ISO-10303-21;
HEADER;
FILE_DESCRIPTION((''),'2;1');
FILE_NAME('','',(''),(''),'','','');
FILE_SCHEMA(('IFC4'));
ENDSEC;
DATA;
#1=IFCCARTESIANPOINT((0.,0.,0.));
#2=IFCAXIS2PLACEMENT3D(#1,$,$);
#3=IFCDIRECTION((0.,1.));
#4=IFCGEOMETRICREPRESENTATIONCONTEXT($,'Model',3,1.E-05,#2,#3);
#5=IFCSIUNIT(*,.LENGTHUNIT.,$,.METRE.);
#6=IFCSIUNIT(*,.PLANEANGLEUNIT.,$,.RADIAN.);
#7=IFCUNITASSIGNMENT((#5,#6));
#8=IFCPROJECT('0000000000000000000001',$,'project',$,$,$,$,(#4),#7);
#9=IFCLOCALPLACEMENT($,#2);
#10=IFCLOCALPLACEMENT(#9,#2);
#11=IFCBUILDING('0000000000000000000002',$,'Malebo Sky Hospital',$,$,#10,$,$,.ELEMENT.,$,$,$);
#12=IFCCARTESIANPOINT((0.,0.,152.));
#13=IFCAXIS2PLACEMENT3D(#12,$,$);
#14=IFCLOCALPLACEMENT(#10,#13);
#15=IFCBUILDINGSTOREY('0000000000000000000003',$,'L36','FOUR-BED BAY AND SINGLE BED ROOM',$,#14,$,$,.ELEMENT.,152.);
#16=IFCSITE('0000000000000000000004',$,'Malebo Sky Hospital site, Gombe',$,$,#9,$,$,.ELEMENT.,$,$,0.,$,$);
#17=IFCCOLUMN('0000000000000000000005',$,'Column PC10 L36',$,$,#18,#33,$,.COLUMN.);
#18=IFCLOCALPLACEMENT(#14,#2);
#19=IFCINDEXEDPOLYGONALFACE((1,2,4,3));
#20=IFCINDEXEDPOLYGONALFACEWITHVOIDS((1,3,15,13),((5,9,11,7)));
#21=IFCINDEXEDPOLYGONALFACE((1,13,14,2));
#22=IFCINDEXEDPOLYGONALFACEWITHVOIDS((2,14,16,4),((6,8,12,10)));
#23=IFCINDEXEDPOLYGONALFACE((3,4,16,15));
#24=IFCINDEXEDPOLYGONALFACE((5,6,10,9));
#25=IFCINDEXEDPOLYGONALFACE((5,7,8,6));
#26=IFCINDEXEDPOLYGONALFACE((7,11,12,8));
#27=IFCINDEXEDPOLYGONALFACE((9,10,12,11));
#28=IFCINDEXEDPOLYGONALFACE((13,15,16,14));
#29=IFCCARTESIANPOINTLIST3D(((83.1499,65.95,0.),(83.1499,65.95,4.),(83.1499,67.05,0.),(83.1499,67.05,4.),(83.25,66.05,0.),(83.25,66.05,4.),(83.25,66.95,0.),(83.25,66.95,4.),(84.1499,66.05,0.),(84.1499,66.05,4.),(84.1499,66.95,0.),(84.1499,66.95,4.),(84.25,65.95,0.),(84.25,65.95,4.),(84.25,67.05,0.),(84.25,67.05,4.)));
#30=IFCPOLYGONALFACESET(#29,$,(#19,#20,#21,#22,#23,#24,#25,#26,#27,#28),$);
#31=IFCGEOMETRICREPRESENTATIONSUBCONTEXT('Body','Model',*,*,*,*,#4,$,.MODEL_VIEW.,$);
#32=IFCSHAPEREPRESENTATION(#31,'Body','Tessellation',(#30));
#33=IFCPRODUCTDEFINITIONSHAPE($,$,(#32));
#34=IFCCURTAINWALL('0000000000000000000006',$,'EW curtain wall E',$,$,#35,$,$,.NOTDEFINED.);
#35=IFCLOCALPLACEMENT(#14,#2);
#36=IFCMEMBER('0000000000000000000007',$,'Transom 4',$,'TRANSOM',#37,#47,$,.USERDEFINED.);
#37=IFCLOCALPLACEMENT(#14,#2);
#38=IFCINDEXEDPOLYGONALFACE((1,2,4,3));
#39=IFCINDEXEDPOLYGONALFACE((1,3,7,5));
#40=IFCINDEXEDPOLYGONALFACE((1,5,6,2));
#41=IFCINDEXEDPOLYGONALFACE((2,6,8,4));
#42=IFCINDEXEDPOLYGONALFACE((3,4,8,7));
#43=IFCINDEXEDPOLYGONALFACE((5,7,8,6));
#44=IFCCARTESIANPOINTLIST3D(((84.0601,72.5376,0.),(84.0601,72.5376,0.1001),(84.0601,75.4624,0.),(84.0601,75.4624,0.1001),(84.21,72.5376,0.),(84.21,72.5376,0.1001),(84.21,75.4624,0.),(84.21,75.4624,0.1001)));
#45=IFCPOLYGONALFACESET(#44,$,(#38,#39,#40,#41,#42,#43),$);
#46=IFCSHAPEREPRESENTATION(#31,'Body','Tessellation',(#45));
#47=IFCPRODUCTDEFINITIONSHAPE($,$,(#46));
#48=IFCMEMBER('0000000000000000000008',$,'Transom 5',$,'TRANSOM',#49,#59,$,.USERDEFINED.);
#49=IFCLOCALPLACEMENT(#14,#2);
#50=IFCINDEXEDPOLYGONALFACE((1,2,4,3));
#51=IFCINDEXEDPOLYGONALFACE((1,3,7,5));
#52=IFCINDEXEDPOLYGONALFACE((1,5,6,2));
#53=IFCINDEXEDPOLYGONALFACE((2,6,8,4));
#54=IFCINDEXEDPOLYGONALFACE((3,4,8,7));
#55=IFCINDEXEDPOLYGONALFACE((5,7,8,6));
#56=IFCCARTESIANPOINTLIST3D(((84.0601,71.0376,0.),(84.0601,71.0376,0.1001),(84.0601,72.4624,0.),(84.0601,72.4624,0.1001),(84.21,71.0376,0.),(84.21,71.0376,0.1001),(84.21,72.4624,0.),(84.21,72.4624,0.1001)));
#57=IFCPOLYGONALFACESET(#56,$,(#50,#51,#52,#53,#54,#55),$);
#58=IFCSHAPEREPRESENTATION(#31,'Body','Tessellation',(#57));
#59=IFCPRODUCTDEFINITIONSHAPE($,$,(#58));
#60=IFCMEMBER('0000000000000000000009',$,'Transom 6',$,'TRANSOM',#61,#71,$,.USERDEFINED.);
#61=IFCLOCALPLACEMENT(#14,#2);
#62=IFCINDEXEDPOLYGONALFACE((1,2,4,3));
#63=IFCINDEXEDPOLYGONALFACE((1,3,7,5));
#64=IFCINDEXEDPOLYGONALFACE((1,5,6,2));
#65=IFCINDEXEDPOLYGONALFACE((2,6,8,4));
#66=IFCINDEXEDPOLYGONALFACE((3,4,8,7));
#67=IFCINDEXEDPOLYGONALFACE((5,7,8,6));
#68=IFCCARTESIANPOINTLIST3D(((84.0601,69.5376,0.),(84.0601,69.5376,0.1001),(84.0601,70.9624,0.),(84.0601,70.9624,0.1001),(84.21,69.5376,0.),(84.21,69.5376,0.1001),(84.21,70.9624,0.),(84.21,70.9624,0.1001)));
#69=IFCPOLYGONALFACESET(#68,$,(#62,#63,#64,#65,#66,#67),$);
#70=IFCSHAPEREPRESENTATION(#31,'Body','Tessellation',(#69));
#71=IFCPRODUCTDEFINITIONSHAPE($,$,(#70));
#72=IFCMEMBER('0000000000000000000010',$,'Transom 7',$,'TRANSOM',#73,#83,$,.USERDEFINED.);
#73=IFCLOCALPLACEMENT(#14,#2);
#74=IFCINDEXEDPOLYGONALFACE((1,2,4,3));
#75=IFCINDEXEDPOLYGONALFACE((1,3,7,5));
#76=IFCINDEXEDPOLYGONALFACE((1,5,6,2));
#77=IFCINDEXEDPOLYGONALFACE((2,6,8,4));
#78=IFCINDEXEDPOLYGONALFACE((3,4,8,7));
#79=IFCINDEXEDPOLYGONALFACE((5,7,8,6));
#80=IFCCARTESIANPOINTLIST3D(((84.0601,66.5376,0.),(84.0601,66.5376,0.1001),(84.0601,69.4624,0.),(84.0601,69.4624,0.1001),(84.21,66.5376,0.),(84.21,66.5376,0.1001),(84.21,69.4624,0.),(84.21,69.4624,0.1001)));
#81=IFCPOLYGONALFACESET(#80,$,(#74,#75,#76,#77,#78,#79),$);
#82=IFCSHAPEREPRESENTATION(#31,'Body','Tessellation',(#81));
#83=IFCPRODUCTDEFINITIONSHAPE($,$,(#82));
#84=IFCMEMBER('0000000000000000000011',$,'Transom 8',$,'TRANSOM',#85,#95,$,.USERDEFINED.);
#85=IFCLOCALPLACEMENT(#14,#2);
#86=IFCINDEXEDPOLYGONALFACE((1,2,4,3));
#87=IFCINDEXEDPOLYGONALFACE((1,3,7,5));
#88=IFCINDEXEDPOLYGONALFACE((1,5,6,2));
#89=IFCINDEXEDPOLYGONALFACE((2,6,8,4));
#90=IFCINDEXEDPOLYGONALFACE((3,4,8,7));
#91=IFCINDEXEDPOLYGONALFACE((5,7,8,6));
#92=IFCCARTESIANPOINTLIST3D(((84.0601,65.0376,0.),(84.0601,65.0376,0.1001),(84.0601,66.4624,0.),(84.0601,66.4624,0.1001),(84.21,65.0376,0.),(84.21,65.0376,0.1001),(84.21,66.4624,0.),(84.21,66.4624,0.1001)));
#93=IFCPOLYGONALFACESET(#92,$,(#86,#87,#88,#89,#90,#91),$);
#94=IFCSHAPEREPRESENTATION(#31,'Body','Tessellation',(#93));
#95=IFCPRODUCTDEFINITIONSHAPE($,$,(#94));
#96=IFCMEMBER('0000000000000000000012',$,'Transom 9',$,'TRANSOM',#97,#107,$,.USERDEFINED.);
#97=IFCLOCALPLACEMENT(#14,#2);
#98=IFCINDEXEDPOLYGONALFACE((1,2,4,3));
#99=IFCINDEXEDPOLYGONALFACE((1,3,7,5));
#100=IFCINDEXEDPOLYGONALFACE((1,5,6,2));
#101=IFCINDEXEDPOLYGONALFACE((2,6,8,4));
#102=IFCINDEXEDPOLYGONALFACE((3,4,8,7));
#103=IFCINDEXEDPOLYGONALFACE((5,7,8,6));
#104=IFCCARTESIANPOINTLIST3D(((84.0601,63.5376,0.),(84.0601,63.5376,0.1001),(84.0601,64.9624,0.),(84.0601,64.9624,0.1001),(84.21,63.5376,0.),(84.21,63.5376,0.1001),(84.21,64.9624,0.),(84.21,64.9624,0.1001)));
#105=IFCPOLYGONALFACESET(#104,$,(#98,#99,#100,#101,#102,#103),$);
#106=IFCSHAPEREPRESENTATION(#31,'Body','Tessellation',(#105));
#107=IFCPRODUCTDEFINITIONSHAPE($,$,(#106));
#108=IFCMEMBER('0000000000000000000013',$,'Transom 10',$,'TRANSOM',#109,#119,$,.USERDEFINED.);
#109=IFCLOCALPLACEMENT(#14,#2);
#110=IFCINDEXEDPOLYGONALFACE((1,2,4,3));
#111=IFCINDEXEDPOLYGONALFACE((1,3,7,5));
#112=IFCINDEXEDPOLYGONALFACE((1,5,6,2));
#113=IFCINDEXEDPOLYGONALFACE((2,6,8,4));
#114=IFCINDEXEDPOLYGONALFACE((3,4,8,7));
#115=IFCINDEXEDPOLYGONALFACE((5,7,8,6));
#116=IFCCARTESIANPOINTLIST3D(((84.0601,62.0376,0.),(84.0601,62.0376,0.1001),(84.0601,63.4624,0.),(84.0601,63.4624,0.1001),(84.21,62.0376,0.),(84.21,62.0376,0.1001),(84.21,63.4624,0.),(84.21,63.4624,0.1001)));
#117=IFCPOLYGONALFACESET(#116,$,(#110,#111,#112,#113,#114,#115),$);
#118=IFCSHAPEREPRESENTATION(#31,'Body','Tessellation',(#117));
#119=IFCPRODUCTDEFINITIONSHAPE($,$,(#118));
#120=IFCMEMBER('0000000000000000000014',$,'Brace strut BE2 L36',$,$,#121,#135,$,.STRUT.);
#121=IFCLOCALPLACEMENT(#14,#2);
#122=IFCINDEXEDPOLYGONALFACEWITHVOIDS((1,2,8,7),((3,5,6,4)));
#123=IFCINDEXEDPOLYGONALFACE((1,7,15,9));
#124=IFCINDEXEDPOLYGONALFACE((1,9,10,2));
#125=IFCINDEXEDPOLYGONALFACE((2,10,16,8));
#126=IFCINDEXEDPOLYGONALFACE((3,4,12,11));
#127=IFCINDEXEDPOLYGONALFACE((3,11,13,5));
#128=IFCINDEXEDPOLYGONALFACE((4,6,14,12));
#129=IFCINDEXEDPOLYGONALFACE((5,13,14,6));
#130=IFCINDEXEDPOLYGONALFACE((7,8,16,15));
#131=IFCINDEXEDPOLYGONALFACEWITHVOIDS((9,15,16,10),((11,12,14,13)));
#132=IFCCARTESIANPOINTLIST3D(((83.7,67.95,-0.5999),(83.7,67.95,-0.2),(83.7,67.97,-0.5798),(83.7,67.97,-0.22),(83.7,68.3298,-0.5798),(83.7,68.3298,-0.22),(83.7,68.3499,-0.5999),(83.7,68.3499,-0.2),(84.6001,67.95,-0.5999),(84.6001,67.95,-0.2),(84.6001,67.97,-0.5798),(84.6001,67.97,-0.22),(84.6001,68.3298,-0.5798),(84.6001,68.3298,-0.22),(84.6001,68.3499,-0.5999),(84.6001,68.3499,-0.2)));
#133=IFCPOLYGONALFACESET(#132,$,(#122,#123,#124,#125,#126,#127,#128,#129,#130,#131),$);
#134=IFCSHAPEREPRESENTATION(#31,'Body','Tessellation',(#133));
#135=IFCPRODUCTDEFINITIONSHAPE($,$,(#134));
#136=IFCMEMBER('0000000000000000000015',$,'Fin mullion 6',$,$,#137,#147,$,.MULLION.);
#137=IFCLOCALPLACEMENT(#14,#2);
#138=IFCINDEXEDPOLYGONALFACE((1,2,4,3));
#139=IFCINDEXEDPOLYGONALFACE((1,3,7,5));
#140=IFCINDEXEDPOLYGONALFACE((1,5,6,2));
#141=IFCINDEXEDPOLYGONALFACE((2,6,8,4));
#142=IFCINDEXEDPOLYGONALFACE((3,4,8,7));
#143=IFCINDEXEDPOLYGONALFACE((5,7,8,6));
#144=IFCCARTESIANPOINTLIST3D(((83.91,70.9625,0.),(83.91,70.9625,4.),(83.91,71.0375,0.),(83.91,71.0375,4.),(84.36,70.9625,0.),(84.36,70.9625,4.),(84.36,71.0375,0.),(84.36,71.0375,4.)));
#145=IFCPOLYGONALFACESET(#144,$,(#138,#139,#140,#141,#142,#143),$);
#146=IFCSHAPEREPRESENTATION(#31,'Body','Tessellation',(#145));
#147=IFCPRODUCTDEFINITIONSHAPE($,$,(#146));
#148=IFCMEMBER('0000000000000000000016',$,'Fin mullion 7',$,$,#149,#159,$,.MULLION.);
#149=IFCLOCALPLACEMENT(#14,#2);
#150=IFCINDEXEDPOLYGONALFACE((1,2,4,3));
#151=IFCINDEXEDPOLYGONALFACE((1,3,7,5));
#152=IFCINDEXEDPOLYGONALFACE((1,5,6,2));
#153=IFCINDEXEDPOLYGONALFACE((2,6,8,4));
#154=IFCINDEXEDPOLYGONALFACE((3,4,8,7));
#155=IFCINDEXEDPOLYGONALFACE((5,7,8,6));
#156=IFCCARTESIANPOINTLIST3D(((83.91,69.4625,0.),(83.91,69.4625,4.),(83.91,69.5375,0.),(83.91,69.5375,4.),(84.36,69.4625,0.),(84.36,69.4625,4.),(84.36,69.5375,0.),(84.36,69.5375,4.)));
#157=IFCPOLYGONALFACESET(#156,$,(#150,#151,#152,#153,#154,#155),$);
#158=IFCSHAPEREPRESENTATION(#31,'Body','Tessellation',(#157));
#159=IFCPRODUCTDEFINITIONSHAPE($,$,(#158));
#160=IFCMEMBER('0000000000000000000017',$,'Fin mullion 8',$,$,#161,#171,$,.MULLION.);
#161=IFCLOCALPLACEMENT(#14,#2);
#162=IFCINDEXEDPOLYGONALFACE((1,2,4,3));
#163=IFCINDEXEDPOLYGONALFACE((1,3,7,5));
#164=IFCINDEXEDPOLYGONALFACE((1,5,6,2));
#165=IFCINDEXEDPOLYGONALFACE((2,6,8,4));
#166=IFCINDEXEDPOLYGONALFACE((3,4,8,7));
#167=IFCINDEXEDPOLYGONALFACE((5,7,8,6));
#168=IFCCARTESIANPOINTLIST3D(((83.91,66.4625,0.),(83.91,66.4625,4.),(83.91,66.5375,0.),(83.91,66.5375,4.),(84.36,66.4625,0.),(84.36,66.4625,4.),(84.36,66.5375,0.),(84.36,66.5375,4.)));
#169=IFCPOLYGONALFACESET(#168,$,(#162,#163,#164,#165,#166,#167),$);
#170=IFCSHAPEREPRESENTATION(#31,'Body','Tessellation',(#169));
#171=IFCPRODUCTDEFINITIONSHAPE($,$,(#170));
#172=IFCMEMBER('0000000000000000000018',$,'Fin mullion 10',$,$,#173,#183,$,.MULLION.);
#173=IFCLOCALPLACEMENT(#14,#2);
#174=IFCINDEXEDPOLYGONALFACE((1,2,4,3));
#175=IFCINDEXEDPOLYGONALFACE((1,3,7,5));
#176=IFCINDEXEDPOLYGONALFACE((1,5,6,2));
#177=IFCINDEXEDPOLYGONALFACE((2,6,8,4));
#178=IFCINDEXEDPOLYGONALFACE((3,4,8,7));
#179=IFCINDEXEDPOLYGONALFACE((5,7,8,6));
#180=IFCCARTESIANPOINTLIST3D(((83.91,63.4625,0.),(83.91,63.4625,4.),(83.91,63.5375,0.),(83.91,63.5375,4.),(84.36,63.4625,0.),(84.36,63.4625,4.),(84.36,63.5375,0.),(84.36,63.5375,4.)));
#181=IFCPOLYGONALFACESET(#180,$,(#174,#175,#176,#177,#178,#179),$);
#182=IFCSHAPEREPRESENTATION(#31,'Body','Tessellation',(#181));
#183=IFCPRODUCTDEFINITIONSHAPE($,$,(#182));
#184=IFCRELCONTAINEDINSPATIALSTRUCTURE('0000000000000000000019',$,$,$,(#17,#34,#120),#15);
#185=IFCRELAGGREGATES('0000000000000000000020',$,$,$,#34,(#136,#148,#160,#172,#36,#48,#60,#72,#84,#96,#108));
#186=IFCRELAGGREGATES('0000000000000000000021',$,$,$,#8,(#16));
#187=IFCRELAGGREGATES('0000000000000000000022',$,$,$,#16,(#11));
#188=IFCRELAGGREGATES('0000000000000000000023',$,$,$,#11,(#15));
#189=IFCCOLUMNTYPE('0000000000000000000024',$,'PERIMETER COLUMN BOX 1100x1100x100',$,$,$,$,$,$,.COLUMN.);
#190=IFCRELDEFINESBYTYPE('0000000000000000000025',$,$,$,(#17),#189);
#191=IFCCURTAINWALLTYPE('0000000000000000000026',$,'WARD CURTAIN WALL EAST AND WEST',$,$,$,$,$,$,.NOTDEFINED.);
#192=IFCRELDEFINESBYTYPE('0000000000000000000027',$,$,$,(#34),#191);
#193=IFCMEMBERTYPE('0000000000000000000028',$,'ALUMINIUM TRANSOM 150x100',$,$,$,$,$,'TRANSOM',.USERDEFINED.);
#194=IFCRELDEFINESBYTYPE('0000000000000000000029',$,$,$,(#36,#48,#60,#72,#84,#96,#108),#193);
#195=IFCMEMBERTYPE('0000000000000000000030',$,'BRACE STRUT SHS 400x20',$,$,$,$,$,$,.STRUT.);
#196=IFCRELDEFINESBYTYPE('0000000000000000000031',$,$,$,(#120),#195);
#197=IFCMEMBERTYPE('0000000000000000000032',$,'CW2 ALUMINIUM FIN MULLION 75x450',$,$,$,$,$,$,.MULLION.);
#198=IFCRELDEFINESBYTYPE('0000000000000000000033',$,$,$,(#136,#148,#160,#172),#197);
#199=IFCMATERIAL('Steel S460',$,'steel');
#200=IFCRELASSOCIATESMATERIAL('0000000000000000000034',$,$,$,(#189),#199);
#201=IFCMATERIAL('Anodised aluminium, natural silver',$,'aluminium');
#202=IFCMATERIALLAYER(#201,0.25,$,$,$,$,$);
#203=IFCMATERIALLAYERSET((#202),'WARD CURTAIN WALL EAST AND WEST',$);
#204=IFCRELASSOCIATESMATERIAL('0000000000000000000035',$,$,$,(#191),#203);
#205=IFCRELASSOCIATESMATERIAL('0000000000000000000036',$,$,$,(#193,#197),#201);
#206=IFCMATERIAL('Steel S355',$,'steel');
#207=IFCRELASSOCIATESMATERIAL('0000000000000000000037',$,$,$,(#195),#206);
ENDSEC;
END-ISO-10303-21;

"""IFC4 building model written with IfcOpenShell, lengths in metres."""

from ifc_helpers import new_model, si_unit, direction, frame, origin, origin_2d, place, context, subcontext, project, spatial, rectangle, hollow_rectangle, extrude, material, layer, layer_set, material_profile, profile_set, type_object, element, aggregate, save


model = new_model("IFC4")

# Units and contexts
model_context = context("Model", 3, precision=1e-05, world=origin(), true_north=direction((0.0, 1.0)))
body_context = subcontext(model_context, "Body", "Model", "MODEL_VIEW")
ifc_project = project(units=[si_unit("LENGTHUNIT", "METRE"), si_unit("PLANEANGLEUNIT", "RADIAN")], contexts=[model_context])

# Site, building, storey
site_placement = place(None, origin())
site = spatial("IfcSite", under=ifc_project, at=site_placement, Name="Malebo Sky Hospital site, Gombe", CompositionType="ELEMENT", RefElevation=0.0)
building_placement = place(site_placement, origin())
building = spatial("IfcBuilding", under=site, at=building_placement, Name="Malebo Sky Hospital", CompositionType="ELEMENT")
storey_placement = place(building_placement, frame((0.0, 0.0, 152.0)))
storey = spatial("IfcBuildingStorey", under=building, at=storey_placement, Name="L36", Description="FOUR-BED BAY AND SINGLE BED ROOM", CompositionType="ELEMENT", Elevation=152.0)

# Column
ifc_material_1 = material(Name="Steel S460", Category="steel")
ifc_material_profile_1 = material_profile(ifc_material_1, hollow_rectangle(XDim=1.1001, YDim=1.1001, WallThickness=0.1001, at=origin_2d()), Name="BOX 1100x1100x100")
ifc_profile_set_1 = profile_set([ifc_material_profile_1], Name="Steel S460")
column_type = type_object("IfcColumnType", Name="PERIMETER COLUMN BOX 1100x1100x100", PredefinedType="COLUMN", material=ifc_profile_set_1)
column_placement = place(storey_placement, frame((83.7, 66.5, 0.0), z_axis=(0.0, 0.0, 1.0), x_axis=(1.0, 0.0, 0.0)))
element("IfcColumn", 1, at=column_placement, inside=storey, type_object=column_type, Name="Column PC10 L36", PredefinedType="COLUMN", context=body_context, shape_type="SweptSolid", body=[
    extrude(hollow_rectangle(XDim=1.1001, YDim=1.1001, WallThickness=0.1001, at=origin_2d()), origin(), (0.0, 0.0, 1.0), 4.0),
])

# Curtain wall, members
ifc_material_2 = material(Name="Anodised aluminium, natural silver", Category="aluminium")
ifc_layer_1 = layer(ifc_material_2, 0.25)
ifc_layer_set_1 = layer_set([ifc_layer_1], Name="WARD CURTAIN WALL EAST AND WEST")
curtain_wall_type = type_object("IfcCurtainWallType", Name="WARD CURTAIN WALL EAST AND WEST", PredefinedType="NOTDEFINED", material=ifc_layer_set_1)
curtain_wall_placement = place(storey_placement, origin())
curtain_wall = element("IfcCurtainWall", 2, at=curtain_wall_placement, inside=storey, type_object=curtain_wall_type, Name="EW curtain wall E", PredefinedType="NOTDEFINED")
ifc_material_profile_2 = material_profile(ifc_material_2, rectangle(XDim=0.1499, YDim=0.1001, at=origin_2d()), Name="ALUMINIUM TRANSOM 150x100")
ifc_profile_set_2 = profile_set([ifc_material_profile_2], Name="Anodised aluminium, natural silver")
member_type_1 = type_object("IfcMemberType", Name="ALUMINIUM TRANSOM 150x100", ElementType="TRANSOM", PredefinedType="USERDEFINED", material=ifc_profile_set_2)
member_1_placement = place(storey_placement, frame((84.135, 75.4624, 0.05), z_axis=(0.0, -1.0, 0.0), x_axis=(1.0, 0.0, 0.0)))
member_1 = element("IfcMember", 3, at=member_1_placement, type_object=member_type_1, Name="Transom 4", ObjectType="TRANSOM", PredefinedType="USERDEFINED", context=body_context, shape_type="SweptSolid", body=[
    extrude(rectangle(XDim=0.1499, YDim=0.1001, at=origin_2d()), origin(), (0.0, 0.0, 1.0), 2.9248),
])
member_2_placement = place(storey_placement, frame((84.135, 72.4624, 0.05), z_axis=(0.0, -1.0, 0.0), x_axis=(1.0, 0.0, 0.0)))
member_2 = element("IfcMember", 4, at=member_2_placement, type_object=member_type_1, Name="Transom 5", ObjectType="TRANSOM", PredefinedType="USERDEFINED", context=body_context, shape_type="SweptSolid", body=[
    extrude(rectangle(XDim=0.1499, YDim=0.1001, at=origin_2d()), origin(), (0.0, 0.0, 1.0), 1.4248),
])
member_3_placement = place(storey_placement, frame((84.135, 70.9624, 0.05), z_axis=(0.0, -1.0, 0.0), x_axis=(1.0, 0.0, 0.0)))
member_3 = element("IfcMember", 5, at=member_3_placement, type_object=member_type_1, Name="Transom 6", ObjectType="TRANSOM", PredefinedType="USERDEFINED", context=body_context, shape_type="SweptSolid", body=[
    extrude(rectangle(XDim=0.1499, YDim=0.1001, at=origin_2d()), origin(), (0.0, 0.0, 1.0), 1.4248),
])
member_4_placement = place(storey_placement, frame((84.135, 69.4624, 0.05), z_axis=(0.0, -1.0, 0.0), x_axis=(1.0, 0.0, 0.0)))
member_4 = element("IfcMember", 6, at=member_4_placement, type_object=member_type_1, Name="Transom 7", ObjectType="TRANSOM", PredefinedType="USERDEFINED", context=body_context, shape_type="SweptSolid", body=[
    extrude(rectangle(XDim=0.1499, YDim=0.1001, at=origin_2d()), origin(), (0.0, 0.0, 1.0), 2.9248),
])
member_5_placement = place(storey_placement, frame((84.135, 66.4624, 0.05), z_axis=(0.0, -1.0, 0.0), x_axis=(1.0, 0.0, 0.0)))
member_5 = element("IfcMember", 7, at=member_5_placement, type_object=member_type_1, Name="Transom 8", ObjectType="TRANSOM", PredefinedType="USERDEFINED", context=body_context, shape_type="SweptSolid", body=[
    extrude(rectangle(XDim=0.1499, YDim=0.1001, at=origin_2d()), origin(), (0.0, 0.0, 1.0), 1.4248),
])
member_6_placement = place(storey_placement, frame((84.135, 64.9624, 0.05), z_axis=(0.0, -1.0, 0.0), x_axis=(1.0, 0.0, 0.0)))
member_6 = element("IfcMember", 8, at=member_6_placement, type_object=member_type_1, Name="Transom 9", ObjectType="TRANSOM", PredefinedType="USERDEFINED", context=body_context, shape_type="SweptSolid", body=[
    extrude(rectangle(XDim=0.1499, YDim=0.1001, at=origin_2d()), origin(), (0.0, 0.0, 1.0), 1.4248),
])
member_7_placement = place(storey_placement, frame((84.135, 63.4624, 0.05), z_axis=(0.0, -1.0, 0.0), x_axis=(1.0, 0.0, 0.0)))
member_7 = element("IfcMember", 9, at=member_7_placement, type_object=member_type_1, Name="Transom 10", ObjectType="TRANSOM", PredefinedType="USERDEFINED", context=body_context, shape_type="SweptSolid", body=[
    extrude(rectangle(XDim=0.1499, YDim=0.1001, at=origin_2d()), origin(), (0.0, 0.0, 1.0), 1.4248),
])

# Members
ifc_material_3 = material(Name="Steel S355", Category="steel")
ifc_material_profile_3 = material_profile(ifc_material_3, hollow_rectangle(XDim=0.3999, YDim=0.3999, WallThickness=0.02, at=origin_2d()), Name="SHS 400x20")
ifc_profile_set_3 = profile_set([ifc_material_profile_3], Name="Steel S355")
member_type_2 = type_object("IfcMemberType", Name="BRACE STRUT SHS 400x20", PredefinedType="STRUT", material=ifc_profile_set_3)
member_8_placement = place(storey_placement, frame((84.6001, 68.1499, -0.3999), z_axis=(-1.0, 0.0, 0.0), x_axis=(0.0, -1.0, 0.0)))
element("IfcMember", 10, at=member_8_placement, inside=storey, type_object=member_type_2, Name="Brace strut BE2 L36", PredefinedType="STRUT", context=body_context, shape_type="SweptSolid", body=[
    extrude(hollow_rectangle(XDim=0.3999, YDim=0.3999, WallThickness=0.02, at=origin_2d()), origin(), (0.0, 0.0, 1.0), 0.9001),
])
ifc_material_profile_4 = material_profile(ifc_material_2, rectangle(XDim=0.075, YDim=0.45, at=origin_2d()), Name="CW2 ALUMINIUM FIN MULLION 75x450")
ifc_profile_set_4 = profile_set([ifc_material_profile_4], Name="Anodised aluminium, natural silver")
member_type_3 = type_object("IfcMemberType", Name="CW2 ALUMINIUM FIN MULLION 75x450", PredefinedType="MULLION", material=ifc_profile_set_4)
member_9_placement = place(storey_placement, frame((84.135, 71.0, 0.0), z_axis=(0.0, 0.0, 1.0), x_axis=(0.0, -1.0, 0.0)))
member_9 = element("IfcMember", 11, at=member_9_placement, type_object=member_type_3, Name="Fin mullion 6", PredefinedType="MULLION", context=body_context, shape_type="SweptSolid", body=[
    extrude(rectangle(XDim=0.075, YDim=0.45, at=origin_2d()), origin(), (0.0, 0.0, 1.0), 4.0),
])
member_10_placement = place(storey_placement, frame((84.135, 69.5, 0.0), z_axis=(0.0, 0.0, 1.0), x_axis=(0.0, -1.0, 0.0)))
member_10 = element("IfcMember", 12, at=member_10_placement, type_object=member_type_3, Name="Fin mullion 7", PredefinedType="MULLION", context=body_context, shape_type="SweptSolid", body=[
    extrude(rectangle(XDim=0.075, YDim=0.45, at=origin_2d()), origin(), (0.0, 0.0, 1.0), 4.0),
])
member_11_placement = place(storey_placement, frame((84.135, 66.5, 0.0), z_axis=(0.0, 0.0, 1.0), x_axis=(0.0, -1.0, 0.0)))
member_11 = element("IfcMember", 13, at=member_11_placement, type_object=member_type_3, Name="Fin mullion 8", PredefinedType="MULLION", context=body_context, shape_type="SweptSolid", body=[
    extrude(rectangle(XDim=0.075, YDim=0.45, at=origin_2d()), origin(), (0.0, 0.0, 1.0), 4.0),
])
member_12_placement = place(storey_placement, frame((84.135, 63.5, 0.0), z_axis=(0.0, 0.0, 1.0), x_axis=(0.0, -1.0, 0.0)))
member_12 = element("IfcMember", 14, at=member_12_placement, type_object=member_type_3, Name="Fin mullion 10", PredefinedType="MULLION", context=body_context, shape_type="SweptSolid", body=[
    extrude(rectangle(XDim=0.075, YDim=0.45, at=origin_2d()), origin(), (0.0, 0.0, 1.0), 4.0),
])

aggregate(curtain_wall, [member_9, member_10, member_11, member_12, member_1, member_2, member_3, member_4, member_5, member_6, member_7])

save(model, "model.ifc")
